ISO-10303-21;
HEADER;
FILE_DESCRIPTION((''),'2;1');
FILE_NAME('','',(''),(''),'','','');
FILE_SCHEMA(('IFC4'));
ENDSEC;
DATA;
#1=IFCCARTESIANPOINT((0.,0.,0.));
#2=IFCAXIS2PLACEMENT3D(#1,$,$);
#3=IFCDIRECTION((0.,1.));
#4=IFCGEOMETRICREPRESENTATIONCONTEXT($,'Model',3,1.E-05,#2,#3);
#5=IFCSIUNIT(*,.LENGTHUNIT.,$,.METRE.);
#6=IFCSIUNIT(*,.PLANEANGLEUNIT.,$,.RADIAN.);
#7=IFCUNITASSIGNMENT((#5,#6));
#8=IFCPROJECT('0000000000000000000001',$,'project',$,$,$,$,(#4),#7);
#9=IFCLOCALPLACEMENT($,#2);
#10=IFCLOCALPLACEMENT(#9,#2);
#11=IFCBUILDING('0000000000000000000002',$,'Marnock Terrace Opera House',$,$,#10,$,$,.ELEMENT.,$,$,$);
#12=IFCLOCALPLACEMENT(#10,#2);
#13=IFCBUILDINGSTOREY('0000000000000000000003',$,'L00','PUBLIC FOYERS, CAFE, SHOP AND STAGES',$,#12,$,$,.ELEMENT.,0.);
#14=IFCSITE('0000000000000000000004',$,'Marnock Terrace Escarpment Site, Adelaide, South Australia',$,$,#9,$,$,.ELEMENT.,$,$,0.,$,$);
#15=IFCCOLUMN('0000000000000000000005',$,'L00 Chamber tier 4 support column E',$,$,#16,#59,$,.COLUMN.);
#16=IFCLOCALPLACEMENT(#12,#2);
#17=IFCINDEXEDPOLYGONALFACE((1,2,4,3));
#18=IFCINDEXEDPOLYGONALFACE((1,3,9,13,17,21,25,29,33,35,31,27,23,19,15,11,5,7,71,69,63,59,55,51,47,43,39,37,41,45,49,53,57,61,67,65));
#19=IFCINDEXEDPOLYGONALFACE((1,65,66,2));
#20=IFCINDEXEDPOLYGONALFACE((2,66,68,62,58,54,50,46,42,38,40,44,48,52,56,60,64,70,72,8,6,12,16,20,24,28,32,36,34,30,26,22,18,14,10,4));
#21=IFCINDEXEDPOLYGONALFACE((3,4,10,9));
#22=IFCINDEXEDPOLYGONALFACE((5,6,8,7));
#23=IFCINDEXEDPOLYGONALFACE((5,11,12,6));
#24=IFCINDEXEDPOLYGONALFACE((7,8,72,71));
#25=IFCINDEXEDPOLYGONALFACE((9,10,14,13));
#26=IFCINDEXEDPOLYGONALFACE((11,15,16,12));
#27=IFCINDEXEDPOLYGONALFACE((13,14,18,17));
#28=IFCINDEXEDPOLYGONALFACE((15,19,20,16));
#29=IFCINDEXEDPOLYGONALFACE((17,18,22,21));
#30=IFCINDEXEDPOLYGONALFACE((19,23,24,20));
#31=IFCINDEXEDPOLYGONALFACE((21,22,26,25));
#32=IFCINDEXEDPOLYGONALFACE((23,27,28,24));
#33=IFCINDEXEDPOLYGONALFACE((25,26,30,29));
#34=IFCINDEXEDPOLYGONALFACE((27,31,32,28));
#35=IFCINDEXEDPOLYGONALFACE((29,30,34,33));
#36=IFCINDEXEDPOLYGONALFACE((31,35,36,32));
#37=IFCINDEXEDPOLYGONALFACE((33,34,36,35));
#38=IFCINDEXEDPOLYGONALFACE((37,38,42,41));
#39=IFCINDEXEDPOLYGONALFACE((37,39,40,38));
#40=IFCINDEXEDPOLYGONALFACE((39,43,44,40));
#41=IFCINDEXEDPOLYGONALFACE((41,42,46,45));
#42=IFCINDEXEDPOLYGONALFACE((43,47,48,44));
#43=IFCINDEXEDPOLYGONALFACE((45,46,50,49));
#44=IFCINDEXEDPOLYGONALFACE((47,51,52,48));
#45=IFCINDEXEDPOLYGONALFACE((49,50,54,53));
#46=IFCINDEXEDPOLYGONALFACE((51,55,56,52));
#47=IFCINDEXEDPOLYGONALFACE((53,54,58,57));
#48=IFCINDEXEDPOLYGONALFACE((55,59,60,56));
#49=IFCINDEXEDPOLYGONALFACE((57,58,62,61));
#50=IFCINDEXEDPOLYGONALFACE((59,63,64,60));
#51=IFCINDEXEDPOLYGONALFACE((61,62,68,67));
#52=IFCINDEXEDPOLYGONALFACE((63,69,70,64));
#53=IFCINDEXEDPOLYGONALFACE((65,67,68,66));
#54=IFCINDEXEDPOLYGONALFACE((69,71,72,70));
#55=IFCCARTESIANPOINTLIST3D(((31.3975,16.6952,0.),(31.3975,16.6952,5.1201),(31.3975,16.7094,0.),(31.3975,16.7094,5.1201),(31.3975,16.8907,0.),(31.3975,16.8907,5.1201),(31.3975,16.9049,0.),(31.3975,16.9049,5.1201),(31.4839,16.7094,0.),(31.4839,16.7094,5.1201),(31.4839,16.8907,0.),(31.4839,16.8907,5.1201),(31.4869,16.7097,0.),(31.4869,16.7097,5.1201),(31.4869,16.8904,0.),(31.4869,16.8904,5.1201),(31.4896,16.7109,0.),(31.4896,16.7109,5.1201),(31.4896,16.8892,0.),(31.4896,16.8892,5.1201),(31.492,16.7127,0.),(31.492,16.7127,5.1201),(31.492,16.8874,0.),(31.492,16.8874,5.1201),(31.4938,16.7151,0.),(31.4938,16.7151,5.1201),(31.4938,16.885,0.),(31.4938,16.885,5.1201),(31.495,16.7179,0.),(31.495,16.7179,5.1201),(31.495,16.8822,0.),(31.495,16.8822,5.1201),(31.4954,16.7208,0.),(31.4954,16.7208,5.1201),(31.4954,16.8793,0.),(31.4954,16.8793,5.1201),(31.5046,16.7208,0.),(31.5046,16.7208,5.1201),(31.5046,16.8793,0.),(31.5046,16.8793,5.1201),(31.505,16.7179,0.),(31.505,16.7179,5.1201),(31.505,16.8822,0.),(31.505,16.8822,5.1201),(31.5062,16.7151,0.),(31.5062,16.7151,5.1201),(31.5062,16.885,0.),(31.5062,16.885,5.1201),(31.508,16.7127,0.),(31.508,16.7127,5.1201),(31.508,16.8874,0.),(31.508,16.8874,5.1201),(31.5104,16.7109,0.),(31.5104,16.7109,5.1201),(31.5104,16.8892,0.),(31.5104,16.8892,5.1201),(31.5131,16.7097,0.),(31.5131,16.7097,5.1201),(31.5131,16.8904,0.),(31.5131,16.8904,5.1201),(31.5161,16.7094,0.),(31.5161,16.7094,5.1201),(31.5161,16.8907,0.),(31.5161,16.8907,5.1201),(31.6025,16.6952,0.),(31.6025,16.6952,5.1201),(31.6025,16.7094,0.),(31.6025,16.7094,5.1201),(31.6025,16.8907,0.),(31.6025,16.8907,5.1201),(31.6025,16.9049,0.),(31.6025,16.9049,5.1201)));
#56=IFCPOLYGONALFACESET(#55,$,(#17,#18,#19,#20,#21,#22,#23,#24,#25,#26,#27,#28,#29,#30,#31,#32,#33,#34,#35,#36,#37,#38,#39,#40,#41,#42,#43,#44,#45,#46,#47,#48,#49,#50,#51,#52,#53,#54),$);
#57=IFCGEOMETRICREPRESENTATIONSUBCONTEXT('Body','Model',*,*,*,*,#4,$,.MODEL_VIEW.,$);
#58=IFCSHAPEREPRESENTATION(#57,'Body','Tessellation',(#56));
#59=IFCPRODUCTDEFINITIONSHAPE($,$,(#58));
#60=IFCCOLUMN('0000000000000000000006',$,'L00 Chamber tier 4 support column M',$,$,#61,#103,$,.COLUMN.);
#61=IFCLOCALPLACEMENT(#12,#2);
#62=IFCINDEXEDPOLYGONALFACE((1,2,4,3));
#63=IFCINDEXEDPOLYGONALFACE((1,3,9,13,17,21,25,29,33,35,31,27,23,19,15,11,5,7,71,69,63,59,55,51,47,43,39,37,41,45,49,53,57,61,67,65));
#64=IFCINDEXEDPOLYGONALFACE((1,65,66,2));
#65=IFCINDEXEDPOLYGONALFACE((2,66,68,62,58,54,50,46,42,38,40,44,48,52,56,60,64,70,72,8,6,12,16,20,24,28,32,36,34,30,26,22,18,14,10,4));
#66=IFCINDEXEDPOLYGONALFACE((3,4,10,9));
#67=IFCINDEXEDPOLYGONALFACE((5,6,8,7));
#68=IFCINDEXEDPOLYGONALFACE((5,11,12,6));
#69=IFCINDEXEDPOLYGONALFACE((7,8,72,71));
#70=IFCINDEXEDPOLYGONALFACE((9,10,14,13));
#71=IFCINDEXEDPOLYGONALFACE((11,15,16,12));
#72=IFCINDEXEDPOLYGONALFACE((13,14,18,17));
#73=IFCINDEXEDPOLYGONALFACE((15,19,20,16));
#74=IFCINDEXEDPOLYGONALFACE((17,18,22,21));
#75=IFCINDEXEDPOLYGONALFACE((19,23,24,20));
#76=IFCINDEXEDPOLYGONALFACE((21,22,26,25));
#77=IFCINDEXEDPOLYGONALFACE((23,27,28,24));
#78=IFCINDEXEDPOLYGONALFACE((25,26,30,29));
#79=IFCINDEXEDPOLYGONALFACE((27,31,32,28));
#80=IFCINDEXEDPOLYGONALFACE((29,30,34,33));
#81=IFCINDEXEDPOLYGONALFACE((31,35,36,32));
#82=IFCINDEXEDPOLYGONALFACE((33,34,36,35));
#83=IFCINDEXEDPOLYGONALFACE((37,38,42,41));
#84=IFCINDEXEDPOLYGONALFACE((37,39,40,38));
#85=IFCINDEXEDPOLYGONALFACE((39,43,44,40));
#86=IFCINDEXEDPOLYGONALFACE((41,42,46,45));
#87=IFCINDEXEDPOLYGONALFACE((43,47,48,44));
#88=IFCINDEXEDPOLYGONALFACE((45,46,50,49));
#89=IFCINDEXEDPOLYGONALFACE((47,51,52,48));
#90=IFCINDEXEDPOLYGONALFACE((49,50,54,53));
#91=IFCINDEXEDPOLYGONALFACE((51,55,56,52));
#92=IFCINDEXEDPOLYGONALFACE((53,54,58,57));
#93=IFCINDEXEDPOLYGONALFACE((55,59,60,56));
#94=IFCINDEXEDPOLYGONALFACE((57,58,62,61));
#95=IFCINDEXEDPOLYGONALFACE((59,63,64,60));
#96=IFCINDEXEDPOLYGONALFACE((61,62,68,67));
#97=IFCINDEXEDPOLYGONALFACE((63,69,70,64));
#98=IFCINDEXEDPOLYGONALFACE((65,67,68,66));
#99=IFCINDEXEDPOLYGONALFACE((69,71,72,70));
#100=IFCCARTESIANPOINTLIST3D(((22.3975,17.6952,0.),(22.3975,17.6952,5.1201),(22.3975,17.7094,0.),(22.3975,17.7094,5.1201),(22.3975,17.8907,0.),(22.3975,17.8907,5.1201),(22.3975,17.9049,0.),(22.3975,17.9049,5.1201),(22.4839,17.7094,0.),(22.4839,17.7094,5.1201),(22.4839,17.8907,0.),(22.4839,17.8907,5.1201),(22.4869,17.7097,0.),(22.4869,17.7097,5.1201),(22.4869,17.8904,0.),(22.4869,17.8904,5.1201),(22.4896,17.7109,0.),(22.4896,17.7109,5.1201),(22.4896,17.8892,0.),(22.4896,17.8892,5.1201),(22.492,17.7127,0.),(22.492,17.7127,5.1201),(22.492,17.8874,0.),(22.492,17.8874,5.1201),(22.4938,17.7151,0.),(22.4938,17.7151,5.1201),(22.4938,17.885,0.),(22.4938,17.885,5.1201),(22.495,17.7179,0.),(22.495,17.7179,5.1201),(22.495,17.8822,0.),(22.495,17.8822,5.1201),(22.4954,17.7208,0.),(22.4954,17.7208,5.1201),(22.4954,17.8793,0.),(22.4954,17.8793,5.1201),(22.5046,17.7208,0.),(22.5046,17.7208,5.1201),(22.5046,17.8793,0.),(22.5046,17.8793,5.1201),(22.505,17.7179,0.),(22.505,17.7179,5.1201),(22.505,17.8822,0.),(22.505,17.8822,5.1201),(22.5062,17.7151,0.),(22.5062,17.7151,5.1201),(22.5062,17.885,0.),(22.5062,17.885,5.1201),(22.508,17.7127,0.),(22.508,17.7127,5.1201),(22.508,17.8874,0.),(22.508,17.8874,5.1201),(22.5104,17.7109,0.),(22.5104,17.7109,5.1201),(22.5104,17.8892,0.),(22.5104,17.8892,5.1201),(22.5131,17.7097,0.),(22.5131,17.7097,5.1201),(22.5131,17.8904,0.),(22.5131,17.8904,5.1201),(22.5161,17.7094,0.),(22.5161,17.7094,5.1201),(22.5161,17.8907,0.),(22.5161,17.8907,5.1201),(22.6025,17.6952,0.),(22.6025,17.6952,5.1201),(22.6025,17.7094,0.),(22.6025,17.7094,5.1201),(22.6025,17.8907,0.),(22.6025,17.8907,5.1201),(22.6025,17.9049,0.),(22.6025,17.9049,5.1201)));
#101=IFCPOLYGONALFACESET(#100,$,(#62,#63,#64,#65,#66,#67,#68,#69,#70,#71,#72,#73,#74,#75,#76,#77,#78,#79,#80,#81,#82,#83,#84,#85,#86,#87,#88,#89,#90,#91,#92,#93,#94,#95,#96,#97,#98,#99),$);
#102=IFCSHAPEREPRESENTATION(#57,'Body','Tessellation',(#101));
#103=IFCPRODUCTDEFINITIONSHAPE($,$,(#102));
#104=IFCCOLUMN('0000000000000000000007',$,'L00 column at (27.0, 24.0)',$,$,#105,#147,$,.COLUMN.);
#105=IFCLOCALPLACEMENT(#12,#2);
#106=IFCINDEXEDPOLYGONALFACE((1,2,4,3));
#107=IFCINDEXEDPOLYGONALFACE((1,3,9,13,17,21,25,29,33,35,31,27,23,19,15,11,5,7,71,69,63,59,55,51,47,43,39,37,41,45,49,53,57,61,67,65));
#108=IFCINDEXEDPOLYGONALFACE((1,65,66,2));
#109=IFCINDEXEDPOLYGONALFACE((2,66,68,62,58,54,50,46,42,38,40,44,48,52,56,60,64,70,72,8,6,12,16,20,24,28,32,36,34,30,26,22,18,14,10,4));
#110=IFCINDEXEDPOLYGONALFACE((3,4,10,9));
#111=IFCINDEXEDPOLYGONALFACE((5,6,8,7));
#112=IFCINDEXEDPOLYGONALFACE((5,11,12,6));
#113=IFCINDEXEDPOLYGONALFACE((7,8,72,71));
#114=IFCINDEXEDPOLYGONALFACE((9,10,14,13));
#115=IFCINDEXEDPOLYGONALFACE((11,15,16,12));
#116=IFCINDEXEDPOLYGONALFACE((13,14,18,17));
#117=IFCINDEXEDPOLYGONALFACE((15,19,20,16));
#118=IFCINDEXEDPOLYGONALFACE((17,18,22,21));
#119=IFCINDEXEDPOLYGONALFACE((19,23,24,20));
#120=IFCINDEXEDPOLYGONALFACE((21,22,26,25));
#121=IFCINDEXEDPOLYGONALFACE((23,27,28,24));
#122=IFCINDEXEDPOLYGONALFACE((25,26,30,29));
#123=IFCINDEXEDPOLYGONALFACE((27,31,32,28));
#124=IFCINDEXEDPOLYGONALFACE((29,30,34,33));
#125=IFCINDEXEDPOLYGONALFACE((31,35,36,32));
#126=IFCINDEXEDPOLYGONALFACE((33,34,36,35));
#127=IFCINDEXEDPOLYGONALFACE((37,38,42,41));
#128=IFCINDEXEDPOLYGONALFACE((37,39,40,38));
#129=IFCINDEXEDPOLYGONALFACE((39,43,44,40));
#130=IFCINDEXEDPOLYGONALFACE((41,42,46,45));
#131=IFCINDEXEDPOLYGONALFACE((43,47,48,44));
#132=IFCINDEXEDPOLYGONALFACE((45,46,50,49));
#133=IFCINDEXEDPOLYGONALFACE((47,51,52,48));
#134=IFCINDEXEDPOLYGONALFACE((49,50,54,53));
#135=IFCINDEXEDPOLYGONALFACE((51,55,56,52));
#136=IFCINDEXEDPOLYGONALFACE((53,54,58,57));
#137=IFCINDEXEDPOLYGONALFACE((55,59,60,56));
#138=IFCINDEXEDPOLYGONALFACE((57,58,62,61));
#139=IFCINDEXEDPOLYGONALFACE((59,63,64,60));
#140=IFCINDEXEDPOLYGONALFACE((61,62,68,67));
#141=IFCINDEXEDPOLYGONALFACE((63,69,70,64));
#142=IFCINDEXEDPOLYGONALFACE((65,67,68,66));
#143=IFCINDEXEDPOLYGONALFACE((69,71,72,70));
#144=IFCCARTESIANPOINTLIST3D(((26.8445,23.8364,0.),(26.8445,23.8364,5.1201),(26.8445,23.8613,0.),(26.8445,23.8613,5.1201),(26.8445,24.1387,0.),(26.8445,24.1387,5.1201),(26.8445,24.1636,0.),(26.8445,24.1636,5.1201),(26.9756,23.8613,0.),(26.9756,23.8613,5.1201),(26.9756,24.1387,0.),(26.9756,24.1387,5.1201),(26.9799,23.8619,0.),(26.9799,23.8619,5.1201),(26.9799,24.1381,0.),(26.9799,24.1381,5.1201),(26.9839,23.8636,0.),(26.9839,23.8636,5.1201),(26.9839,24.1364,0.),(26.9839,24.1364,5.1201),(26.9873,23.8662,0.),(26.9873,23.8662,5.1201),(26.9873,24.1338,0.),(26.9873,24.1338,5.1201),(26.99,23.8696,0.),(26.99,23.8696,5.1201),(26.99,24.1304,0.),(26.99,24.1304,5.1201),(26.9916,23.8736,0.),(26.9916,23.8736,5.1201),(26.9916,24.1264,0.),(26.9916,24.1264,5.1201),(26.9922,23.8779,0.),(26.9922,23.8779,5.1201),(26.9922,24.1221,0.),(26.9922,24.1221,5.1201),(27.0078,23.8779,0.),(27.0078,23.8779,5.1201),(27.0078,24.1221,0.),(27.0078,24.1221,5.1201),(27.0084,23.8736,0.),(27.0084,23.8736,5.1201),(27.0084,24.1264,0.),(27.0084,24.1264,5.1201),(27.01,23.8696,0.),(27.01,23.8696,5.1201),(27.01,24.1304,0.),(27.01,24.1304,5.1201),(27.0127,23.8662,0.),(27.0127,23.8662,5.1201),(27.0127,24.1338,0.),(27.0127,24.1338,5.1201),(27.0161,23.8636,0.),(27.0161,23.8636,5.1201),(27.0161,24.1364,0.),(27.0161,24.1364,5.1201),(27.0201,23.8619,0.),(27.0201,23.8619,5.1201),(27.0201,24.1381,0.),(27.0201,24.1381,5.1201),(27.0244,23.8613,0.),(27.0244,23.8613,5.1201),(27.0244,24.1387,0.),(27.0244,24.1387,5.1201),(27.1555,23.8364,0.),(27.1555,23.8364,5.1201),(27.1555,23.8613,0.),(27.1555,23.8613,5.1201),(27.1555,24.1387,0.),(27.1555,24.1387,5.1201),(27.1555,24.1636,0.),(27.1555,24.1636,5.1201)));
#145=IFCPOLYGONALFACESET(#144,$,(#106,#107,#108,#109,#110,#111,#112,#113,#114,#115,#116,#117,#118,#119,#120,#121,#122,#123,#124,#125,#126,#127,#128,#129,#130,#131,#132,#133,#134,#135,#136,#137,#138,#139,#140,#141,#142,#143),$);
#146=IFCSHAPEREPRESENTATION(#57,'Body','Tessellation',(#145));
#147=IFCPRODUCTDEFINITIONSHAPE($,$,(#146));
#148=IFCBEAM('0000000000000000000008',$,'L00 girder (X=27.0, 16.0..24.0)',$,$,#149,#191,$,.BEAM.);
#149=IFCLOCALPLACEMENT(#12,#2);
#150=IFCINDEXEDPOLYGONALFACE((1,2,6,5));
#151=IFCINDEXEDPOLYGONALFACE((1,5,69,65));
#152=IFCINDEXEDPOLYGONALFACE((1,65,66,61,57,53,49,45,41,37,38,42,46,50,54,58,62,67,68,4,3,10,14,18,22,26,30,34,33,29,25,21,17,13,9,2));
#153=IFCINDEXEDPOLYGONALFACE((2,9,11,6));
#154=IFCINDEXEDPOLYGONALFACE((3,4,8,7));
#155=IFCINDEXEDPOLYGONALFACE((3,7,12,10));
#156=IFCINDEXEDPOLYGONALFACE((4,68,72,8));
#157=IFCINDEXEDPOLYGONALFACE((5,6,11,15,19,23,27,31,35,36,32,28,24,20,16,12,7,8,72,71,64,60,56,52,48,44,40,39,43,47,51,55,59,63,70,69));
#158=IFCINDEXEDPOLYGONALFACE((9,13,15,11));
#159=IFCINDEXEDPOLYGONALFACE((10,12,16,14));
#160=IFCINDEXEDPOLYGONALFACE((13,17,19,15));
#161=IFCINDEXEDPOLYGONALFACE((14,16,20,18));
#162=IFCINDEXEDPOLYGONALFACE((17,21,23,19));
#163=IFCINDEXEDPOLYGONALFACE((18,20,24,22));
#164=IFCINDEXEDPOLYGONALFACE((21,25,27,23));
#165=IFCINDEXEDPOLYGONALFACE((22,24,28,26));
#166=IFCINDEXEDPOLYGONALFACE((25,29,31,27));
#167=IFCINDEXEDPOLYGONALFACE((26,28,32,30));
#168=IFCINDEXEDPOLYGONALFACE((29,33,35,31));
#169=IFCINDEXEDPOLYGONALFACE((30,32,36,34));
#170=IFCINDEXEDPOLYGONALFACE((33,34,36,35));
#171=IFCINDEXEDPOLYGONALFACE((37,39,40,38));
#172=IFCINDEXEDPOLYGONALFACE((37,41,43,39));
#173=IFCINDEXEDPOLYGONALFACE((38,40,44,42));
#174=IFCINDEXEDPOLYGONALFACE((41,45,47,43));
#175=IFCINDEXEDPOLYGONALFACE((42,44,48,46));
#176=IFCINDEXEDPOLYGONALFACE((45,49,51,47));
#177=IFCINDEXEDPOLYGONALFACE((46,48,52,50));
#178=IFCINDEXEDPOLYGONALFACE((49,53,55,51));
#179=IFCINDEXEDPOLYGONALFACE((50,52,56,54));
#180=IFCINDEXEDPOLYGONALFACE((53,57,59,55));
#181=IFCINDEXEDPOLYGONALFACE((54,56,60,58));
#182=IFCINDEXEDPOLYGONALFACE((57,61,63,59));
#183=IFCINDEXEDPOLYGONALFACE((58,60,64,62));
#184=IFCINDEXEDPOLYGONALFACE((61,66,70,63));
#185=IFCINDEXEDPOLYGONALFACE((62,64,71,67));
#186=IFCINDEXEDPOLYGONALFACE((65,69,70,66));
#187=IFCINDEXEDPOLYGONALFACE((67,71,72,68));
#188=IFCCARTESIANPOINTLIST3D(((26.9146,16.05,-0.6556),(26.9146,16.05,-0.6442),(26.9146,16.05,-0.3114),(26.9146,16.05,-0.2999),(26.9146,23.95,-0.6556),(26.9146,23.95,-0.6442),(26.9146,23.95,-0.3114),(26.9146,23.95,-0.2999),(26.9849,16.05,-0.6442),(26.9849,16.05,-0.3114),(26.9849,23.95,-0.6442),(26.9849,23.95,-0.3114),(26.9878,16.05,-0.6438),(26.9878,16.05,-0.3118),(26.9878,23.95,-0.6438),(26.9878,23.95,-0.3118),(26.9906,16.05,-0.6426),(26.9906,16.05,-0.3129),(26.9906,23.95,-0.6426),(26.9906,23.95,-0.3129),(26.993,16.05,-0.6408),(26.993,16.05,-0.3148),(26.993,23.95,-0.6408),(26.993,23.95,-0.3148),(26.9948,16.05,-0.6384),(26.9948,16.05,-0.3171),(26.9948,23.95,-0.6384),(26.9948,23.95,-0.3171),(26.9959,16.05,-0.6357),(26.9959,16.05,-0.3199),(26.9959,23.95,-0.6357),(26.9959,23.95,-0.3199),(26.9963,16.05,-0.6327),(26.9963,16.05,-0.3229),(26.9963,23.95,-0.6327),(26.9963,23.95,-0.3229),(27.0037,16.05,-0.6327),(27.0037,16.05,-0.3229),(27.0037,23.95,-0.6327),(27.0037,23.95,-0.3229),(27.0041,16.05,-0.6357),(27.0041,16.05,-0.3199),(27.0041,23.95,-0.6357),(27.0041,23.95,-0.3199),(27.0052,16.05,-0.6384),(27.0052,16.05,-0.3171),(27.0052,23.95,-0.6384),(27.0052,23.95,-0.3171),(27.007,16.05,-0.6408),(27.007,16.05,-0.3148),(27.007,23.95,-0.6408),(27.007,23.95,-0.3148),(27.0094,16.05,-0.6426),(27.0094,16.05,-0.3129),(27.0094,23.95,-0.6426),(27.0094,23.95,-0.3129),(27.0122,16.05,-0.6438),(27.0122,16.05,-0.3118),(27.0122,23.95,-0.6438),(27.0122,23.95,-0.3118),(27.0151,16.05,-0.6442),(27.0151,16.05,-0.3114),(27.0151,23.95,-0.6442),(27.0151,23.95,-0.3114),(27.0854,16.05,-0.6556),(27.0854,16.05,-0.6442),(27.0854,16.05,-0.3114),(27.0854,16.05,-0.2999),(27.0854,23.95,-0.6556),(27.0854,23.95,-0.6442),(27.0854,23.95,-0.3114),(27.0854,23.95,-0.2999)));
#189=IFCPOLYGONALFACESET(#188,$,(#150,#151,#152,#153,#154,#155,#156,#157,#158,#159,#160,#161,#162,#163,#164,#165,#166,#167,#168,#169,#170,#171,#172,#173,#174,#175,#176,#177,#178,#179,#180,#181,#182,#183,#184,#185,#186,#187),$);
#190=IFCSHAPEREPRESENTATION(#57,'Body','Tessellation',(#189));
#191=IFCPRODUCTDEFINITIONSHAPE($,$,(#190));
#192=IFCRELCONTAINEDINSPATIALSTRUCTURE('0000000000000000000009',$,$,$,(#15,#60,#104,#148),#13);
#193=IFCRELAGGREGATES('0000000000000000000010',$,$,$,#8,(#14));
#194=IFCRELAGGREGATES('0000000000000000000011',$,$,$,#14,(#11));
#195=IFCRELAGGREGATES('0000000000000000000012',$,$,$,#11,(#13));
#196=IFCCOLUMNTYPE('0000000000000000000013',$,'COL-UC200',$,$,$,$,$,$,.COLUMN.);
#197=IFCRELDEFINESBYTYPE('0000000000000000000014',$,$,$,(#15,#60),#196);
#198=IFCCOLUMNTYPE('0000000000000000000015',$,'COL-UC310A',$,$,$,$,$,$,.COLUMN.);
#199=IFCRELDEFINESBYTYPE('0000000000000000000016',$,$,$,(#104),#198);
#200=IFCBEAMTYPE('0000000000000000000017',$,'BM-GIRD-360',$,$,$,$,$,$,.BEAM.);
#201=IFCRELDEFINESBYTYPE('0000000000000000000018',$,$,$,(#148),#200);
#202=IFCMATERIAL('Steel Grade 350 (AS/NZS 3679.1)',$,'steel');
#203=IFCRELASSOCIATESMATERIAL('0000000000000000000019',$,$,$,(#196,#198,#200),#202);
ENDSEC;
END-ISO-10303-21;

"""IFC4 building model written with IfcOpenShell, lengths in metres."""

from ifc_helpers import new_model, si_unit, direction, frame, origin, origin_2d, place, context, subcontext, project, spatial, i_section, extrude, material, material_profile, profile_set, type_object, element, save


model = new_model("IFC4")

# Units and contexts
model_context = context("Model", 3, precision=1e-05, world=origin(), true_north=direction((0.0, 1.0)))
body_context = subcontext(model_context, "Body", "Model", "MODEL_VIEW")
ifc_project = project(units=[si_unit("LENGTHUNIT", "METRE"), si_unit("PLANEANGLEUNIT", "RADIAN")], contexts=[model_context])

# Site, building, storey
site_placement = place(None, origin())
site = spatial("IfcSite", under=ifc_project, at=site_placement, Name="Marnock Terrace Escarpment Site, Adelaide, South Australia", CompositionType="ELEMENT", RefElevation=0.0)
building_placement = place(site_placement, origin())
building = spatial("IfcBuilding", under=site, at=building_placement, Name="Marnock Terrace Opera House", CompositionType="ELEMENT")
storey_placement = place(building_placement, origin())
storey = spatial("IfcBuildingStorey", under=building, at=storey_placement, Name="L00", Description="PUBLIC FOYERS, CAFE, SHOP AND STAGES", CompositionType="ELEMENT", Elevation=0.0)

# Columns
ifc_material_1 = material(Name="Steel Grade 350 (AS/NZS 3679.1)", Category="steel")
ifc_material_profile_1 = material_profile(ifc_material_1, i_section(OverallWidth=0.2051, OverallDepth=0.2097, WebThickness=0.0093, FlangeThickness=0.0142, FilletRadius=0.0115, at=origin_2d()))
ifc_profile_set_1 = profile_set([ifc_material_profile_1], Name="Steel Grade 350 (AS/NZS 3679.1)")
column_type_1 = type_object("IfcColumnType", Name="COL-UC200", PredefinedType="COLUMN", material=ifc_profile_set_1)
for number, where, z_axis, x_axis, name in (
    (1, (31.5, 16.8, 0.0), (0.0, 0.0, 1.0), (1.0, 0.0, 0.0), "L00 Chamber tier 4 support column E"),
    (2, (22.5, 17.8, 0.0), (0.0, 0.0, 1.0), (1.0, 0.0, 0.0), "L00 Chamber tier 4 support column M"),
):
    element("IfcColumn", number, at=place(storey_placement, frame(where, z_axis=z_axis, x_axis=x_axis)), inside=storey, type_object=column_type_1, Name=name, PredefinedType="COLUMN", context=body_context, shape_type="SweptSolid", body=[
        extrude(i_section(OverallWidth=0.2051, OverallDepth=0.2097, WebThickness=0.0093, FlangeThickness=0.0142, FilletRadius=0.0115, at=origin_2d()), origin(), (0.0, 0.0, 1.0), 5.1201),
    ])
ifc_material_profile_2 = material_profile(ifc_material_1, i_section(OverallWidth=0.311, OverallDepth=0.3271, WebThickness=0.0156, FlangeThickness=0.0249, FilletRadius=0.0166, at=origin_2d()))
ifc_profile_set_2 = profile_set([ifc_material_profile_2], Name="Steel Grade 350 (AS/NZS 3679.1)")
column_type_2 = type_object("IfcColumnType", Name="COL-UC310A", PredefinedType="COLUMN", material=ifc_profile_set_2)
column_placement = place(storey_placement, frame((27.0, 24.0, 0.0), z_axis=(0.0, 0.0, 1.0), x_axis=(1.0, 0.0, 0.0)))
element("IfcColumn", 3, at=column_placement, inside=storey, type_object=column_type_2, Name="L00 column at (27.0, 24.0)", PredefinedType="COLUMN", context=body_context, shape_type="SweptSolid", body=[
    extrude(i_section(OverallWidth=0.311, OverallDepth=0.3271, WebThickness=0.0156, FlangeThickness=0.0249, FilletRadius=0.0166, at=origin_2d()), origin(), (0.0, 0.0, 1.0), 5.1201),
])

# Beam
ifc_material_profile_3 = material_profile(ifc_material_1, i_section(OverallWidth=0.1709, OverallDepth=0.3557, WebThickness=0.0073, FlangeThickness=0.0115, FilletRadius=0.0115, at=origin_2d()))
ifc_profile_set_3 = profile_set([ifc_material_profile_3], Name="Steel Grade 350 (AS/NZS 3679.1)")
beam_type_1 = type_object("IfcBeamType", Name="BM-GIRD-360", PredefinedType="BEAM", material=ifc_profile_set_3)
for number, where, z_axis, x_axis, name in (
    (4, (27.0, 16.05, -0.4778), (0.0, 1.0, 0.0), (-1.0, 0.0, 0.0), "L00 girder (X=27.0, 16.0..24.0)"),
):
    element("IfcBeam", number, at=place(storey_placement, frame(where, z_axis=z_axis, x_axis=x_axis)), inside=storey, type_object=beam_type_1, Name=name, PredefinedType="BEAM", context=body_context, shape_type="SweptSolid", body=[
        extrude(i_section(OverallWidth=0.1709, OverallDepth=0.3557, WebThickness=0.0073, FlangeThickness=0.0115, FilletRadius=0.0115, at=origin_2d()), origin(), (0.0, 0.0, 1.0), 7.8999),
    ])

save(model, "model.ifc")
